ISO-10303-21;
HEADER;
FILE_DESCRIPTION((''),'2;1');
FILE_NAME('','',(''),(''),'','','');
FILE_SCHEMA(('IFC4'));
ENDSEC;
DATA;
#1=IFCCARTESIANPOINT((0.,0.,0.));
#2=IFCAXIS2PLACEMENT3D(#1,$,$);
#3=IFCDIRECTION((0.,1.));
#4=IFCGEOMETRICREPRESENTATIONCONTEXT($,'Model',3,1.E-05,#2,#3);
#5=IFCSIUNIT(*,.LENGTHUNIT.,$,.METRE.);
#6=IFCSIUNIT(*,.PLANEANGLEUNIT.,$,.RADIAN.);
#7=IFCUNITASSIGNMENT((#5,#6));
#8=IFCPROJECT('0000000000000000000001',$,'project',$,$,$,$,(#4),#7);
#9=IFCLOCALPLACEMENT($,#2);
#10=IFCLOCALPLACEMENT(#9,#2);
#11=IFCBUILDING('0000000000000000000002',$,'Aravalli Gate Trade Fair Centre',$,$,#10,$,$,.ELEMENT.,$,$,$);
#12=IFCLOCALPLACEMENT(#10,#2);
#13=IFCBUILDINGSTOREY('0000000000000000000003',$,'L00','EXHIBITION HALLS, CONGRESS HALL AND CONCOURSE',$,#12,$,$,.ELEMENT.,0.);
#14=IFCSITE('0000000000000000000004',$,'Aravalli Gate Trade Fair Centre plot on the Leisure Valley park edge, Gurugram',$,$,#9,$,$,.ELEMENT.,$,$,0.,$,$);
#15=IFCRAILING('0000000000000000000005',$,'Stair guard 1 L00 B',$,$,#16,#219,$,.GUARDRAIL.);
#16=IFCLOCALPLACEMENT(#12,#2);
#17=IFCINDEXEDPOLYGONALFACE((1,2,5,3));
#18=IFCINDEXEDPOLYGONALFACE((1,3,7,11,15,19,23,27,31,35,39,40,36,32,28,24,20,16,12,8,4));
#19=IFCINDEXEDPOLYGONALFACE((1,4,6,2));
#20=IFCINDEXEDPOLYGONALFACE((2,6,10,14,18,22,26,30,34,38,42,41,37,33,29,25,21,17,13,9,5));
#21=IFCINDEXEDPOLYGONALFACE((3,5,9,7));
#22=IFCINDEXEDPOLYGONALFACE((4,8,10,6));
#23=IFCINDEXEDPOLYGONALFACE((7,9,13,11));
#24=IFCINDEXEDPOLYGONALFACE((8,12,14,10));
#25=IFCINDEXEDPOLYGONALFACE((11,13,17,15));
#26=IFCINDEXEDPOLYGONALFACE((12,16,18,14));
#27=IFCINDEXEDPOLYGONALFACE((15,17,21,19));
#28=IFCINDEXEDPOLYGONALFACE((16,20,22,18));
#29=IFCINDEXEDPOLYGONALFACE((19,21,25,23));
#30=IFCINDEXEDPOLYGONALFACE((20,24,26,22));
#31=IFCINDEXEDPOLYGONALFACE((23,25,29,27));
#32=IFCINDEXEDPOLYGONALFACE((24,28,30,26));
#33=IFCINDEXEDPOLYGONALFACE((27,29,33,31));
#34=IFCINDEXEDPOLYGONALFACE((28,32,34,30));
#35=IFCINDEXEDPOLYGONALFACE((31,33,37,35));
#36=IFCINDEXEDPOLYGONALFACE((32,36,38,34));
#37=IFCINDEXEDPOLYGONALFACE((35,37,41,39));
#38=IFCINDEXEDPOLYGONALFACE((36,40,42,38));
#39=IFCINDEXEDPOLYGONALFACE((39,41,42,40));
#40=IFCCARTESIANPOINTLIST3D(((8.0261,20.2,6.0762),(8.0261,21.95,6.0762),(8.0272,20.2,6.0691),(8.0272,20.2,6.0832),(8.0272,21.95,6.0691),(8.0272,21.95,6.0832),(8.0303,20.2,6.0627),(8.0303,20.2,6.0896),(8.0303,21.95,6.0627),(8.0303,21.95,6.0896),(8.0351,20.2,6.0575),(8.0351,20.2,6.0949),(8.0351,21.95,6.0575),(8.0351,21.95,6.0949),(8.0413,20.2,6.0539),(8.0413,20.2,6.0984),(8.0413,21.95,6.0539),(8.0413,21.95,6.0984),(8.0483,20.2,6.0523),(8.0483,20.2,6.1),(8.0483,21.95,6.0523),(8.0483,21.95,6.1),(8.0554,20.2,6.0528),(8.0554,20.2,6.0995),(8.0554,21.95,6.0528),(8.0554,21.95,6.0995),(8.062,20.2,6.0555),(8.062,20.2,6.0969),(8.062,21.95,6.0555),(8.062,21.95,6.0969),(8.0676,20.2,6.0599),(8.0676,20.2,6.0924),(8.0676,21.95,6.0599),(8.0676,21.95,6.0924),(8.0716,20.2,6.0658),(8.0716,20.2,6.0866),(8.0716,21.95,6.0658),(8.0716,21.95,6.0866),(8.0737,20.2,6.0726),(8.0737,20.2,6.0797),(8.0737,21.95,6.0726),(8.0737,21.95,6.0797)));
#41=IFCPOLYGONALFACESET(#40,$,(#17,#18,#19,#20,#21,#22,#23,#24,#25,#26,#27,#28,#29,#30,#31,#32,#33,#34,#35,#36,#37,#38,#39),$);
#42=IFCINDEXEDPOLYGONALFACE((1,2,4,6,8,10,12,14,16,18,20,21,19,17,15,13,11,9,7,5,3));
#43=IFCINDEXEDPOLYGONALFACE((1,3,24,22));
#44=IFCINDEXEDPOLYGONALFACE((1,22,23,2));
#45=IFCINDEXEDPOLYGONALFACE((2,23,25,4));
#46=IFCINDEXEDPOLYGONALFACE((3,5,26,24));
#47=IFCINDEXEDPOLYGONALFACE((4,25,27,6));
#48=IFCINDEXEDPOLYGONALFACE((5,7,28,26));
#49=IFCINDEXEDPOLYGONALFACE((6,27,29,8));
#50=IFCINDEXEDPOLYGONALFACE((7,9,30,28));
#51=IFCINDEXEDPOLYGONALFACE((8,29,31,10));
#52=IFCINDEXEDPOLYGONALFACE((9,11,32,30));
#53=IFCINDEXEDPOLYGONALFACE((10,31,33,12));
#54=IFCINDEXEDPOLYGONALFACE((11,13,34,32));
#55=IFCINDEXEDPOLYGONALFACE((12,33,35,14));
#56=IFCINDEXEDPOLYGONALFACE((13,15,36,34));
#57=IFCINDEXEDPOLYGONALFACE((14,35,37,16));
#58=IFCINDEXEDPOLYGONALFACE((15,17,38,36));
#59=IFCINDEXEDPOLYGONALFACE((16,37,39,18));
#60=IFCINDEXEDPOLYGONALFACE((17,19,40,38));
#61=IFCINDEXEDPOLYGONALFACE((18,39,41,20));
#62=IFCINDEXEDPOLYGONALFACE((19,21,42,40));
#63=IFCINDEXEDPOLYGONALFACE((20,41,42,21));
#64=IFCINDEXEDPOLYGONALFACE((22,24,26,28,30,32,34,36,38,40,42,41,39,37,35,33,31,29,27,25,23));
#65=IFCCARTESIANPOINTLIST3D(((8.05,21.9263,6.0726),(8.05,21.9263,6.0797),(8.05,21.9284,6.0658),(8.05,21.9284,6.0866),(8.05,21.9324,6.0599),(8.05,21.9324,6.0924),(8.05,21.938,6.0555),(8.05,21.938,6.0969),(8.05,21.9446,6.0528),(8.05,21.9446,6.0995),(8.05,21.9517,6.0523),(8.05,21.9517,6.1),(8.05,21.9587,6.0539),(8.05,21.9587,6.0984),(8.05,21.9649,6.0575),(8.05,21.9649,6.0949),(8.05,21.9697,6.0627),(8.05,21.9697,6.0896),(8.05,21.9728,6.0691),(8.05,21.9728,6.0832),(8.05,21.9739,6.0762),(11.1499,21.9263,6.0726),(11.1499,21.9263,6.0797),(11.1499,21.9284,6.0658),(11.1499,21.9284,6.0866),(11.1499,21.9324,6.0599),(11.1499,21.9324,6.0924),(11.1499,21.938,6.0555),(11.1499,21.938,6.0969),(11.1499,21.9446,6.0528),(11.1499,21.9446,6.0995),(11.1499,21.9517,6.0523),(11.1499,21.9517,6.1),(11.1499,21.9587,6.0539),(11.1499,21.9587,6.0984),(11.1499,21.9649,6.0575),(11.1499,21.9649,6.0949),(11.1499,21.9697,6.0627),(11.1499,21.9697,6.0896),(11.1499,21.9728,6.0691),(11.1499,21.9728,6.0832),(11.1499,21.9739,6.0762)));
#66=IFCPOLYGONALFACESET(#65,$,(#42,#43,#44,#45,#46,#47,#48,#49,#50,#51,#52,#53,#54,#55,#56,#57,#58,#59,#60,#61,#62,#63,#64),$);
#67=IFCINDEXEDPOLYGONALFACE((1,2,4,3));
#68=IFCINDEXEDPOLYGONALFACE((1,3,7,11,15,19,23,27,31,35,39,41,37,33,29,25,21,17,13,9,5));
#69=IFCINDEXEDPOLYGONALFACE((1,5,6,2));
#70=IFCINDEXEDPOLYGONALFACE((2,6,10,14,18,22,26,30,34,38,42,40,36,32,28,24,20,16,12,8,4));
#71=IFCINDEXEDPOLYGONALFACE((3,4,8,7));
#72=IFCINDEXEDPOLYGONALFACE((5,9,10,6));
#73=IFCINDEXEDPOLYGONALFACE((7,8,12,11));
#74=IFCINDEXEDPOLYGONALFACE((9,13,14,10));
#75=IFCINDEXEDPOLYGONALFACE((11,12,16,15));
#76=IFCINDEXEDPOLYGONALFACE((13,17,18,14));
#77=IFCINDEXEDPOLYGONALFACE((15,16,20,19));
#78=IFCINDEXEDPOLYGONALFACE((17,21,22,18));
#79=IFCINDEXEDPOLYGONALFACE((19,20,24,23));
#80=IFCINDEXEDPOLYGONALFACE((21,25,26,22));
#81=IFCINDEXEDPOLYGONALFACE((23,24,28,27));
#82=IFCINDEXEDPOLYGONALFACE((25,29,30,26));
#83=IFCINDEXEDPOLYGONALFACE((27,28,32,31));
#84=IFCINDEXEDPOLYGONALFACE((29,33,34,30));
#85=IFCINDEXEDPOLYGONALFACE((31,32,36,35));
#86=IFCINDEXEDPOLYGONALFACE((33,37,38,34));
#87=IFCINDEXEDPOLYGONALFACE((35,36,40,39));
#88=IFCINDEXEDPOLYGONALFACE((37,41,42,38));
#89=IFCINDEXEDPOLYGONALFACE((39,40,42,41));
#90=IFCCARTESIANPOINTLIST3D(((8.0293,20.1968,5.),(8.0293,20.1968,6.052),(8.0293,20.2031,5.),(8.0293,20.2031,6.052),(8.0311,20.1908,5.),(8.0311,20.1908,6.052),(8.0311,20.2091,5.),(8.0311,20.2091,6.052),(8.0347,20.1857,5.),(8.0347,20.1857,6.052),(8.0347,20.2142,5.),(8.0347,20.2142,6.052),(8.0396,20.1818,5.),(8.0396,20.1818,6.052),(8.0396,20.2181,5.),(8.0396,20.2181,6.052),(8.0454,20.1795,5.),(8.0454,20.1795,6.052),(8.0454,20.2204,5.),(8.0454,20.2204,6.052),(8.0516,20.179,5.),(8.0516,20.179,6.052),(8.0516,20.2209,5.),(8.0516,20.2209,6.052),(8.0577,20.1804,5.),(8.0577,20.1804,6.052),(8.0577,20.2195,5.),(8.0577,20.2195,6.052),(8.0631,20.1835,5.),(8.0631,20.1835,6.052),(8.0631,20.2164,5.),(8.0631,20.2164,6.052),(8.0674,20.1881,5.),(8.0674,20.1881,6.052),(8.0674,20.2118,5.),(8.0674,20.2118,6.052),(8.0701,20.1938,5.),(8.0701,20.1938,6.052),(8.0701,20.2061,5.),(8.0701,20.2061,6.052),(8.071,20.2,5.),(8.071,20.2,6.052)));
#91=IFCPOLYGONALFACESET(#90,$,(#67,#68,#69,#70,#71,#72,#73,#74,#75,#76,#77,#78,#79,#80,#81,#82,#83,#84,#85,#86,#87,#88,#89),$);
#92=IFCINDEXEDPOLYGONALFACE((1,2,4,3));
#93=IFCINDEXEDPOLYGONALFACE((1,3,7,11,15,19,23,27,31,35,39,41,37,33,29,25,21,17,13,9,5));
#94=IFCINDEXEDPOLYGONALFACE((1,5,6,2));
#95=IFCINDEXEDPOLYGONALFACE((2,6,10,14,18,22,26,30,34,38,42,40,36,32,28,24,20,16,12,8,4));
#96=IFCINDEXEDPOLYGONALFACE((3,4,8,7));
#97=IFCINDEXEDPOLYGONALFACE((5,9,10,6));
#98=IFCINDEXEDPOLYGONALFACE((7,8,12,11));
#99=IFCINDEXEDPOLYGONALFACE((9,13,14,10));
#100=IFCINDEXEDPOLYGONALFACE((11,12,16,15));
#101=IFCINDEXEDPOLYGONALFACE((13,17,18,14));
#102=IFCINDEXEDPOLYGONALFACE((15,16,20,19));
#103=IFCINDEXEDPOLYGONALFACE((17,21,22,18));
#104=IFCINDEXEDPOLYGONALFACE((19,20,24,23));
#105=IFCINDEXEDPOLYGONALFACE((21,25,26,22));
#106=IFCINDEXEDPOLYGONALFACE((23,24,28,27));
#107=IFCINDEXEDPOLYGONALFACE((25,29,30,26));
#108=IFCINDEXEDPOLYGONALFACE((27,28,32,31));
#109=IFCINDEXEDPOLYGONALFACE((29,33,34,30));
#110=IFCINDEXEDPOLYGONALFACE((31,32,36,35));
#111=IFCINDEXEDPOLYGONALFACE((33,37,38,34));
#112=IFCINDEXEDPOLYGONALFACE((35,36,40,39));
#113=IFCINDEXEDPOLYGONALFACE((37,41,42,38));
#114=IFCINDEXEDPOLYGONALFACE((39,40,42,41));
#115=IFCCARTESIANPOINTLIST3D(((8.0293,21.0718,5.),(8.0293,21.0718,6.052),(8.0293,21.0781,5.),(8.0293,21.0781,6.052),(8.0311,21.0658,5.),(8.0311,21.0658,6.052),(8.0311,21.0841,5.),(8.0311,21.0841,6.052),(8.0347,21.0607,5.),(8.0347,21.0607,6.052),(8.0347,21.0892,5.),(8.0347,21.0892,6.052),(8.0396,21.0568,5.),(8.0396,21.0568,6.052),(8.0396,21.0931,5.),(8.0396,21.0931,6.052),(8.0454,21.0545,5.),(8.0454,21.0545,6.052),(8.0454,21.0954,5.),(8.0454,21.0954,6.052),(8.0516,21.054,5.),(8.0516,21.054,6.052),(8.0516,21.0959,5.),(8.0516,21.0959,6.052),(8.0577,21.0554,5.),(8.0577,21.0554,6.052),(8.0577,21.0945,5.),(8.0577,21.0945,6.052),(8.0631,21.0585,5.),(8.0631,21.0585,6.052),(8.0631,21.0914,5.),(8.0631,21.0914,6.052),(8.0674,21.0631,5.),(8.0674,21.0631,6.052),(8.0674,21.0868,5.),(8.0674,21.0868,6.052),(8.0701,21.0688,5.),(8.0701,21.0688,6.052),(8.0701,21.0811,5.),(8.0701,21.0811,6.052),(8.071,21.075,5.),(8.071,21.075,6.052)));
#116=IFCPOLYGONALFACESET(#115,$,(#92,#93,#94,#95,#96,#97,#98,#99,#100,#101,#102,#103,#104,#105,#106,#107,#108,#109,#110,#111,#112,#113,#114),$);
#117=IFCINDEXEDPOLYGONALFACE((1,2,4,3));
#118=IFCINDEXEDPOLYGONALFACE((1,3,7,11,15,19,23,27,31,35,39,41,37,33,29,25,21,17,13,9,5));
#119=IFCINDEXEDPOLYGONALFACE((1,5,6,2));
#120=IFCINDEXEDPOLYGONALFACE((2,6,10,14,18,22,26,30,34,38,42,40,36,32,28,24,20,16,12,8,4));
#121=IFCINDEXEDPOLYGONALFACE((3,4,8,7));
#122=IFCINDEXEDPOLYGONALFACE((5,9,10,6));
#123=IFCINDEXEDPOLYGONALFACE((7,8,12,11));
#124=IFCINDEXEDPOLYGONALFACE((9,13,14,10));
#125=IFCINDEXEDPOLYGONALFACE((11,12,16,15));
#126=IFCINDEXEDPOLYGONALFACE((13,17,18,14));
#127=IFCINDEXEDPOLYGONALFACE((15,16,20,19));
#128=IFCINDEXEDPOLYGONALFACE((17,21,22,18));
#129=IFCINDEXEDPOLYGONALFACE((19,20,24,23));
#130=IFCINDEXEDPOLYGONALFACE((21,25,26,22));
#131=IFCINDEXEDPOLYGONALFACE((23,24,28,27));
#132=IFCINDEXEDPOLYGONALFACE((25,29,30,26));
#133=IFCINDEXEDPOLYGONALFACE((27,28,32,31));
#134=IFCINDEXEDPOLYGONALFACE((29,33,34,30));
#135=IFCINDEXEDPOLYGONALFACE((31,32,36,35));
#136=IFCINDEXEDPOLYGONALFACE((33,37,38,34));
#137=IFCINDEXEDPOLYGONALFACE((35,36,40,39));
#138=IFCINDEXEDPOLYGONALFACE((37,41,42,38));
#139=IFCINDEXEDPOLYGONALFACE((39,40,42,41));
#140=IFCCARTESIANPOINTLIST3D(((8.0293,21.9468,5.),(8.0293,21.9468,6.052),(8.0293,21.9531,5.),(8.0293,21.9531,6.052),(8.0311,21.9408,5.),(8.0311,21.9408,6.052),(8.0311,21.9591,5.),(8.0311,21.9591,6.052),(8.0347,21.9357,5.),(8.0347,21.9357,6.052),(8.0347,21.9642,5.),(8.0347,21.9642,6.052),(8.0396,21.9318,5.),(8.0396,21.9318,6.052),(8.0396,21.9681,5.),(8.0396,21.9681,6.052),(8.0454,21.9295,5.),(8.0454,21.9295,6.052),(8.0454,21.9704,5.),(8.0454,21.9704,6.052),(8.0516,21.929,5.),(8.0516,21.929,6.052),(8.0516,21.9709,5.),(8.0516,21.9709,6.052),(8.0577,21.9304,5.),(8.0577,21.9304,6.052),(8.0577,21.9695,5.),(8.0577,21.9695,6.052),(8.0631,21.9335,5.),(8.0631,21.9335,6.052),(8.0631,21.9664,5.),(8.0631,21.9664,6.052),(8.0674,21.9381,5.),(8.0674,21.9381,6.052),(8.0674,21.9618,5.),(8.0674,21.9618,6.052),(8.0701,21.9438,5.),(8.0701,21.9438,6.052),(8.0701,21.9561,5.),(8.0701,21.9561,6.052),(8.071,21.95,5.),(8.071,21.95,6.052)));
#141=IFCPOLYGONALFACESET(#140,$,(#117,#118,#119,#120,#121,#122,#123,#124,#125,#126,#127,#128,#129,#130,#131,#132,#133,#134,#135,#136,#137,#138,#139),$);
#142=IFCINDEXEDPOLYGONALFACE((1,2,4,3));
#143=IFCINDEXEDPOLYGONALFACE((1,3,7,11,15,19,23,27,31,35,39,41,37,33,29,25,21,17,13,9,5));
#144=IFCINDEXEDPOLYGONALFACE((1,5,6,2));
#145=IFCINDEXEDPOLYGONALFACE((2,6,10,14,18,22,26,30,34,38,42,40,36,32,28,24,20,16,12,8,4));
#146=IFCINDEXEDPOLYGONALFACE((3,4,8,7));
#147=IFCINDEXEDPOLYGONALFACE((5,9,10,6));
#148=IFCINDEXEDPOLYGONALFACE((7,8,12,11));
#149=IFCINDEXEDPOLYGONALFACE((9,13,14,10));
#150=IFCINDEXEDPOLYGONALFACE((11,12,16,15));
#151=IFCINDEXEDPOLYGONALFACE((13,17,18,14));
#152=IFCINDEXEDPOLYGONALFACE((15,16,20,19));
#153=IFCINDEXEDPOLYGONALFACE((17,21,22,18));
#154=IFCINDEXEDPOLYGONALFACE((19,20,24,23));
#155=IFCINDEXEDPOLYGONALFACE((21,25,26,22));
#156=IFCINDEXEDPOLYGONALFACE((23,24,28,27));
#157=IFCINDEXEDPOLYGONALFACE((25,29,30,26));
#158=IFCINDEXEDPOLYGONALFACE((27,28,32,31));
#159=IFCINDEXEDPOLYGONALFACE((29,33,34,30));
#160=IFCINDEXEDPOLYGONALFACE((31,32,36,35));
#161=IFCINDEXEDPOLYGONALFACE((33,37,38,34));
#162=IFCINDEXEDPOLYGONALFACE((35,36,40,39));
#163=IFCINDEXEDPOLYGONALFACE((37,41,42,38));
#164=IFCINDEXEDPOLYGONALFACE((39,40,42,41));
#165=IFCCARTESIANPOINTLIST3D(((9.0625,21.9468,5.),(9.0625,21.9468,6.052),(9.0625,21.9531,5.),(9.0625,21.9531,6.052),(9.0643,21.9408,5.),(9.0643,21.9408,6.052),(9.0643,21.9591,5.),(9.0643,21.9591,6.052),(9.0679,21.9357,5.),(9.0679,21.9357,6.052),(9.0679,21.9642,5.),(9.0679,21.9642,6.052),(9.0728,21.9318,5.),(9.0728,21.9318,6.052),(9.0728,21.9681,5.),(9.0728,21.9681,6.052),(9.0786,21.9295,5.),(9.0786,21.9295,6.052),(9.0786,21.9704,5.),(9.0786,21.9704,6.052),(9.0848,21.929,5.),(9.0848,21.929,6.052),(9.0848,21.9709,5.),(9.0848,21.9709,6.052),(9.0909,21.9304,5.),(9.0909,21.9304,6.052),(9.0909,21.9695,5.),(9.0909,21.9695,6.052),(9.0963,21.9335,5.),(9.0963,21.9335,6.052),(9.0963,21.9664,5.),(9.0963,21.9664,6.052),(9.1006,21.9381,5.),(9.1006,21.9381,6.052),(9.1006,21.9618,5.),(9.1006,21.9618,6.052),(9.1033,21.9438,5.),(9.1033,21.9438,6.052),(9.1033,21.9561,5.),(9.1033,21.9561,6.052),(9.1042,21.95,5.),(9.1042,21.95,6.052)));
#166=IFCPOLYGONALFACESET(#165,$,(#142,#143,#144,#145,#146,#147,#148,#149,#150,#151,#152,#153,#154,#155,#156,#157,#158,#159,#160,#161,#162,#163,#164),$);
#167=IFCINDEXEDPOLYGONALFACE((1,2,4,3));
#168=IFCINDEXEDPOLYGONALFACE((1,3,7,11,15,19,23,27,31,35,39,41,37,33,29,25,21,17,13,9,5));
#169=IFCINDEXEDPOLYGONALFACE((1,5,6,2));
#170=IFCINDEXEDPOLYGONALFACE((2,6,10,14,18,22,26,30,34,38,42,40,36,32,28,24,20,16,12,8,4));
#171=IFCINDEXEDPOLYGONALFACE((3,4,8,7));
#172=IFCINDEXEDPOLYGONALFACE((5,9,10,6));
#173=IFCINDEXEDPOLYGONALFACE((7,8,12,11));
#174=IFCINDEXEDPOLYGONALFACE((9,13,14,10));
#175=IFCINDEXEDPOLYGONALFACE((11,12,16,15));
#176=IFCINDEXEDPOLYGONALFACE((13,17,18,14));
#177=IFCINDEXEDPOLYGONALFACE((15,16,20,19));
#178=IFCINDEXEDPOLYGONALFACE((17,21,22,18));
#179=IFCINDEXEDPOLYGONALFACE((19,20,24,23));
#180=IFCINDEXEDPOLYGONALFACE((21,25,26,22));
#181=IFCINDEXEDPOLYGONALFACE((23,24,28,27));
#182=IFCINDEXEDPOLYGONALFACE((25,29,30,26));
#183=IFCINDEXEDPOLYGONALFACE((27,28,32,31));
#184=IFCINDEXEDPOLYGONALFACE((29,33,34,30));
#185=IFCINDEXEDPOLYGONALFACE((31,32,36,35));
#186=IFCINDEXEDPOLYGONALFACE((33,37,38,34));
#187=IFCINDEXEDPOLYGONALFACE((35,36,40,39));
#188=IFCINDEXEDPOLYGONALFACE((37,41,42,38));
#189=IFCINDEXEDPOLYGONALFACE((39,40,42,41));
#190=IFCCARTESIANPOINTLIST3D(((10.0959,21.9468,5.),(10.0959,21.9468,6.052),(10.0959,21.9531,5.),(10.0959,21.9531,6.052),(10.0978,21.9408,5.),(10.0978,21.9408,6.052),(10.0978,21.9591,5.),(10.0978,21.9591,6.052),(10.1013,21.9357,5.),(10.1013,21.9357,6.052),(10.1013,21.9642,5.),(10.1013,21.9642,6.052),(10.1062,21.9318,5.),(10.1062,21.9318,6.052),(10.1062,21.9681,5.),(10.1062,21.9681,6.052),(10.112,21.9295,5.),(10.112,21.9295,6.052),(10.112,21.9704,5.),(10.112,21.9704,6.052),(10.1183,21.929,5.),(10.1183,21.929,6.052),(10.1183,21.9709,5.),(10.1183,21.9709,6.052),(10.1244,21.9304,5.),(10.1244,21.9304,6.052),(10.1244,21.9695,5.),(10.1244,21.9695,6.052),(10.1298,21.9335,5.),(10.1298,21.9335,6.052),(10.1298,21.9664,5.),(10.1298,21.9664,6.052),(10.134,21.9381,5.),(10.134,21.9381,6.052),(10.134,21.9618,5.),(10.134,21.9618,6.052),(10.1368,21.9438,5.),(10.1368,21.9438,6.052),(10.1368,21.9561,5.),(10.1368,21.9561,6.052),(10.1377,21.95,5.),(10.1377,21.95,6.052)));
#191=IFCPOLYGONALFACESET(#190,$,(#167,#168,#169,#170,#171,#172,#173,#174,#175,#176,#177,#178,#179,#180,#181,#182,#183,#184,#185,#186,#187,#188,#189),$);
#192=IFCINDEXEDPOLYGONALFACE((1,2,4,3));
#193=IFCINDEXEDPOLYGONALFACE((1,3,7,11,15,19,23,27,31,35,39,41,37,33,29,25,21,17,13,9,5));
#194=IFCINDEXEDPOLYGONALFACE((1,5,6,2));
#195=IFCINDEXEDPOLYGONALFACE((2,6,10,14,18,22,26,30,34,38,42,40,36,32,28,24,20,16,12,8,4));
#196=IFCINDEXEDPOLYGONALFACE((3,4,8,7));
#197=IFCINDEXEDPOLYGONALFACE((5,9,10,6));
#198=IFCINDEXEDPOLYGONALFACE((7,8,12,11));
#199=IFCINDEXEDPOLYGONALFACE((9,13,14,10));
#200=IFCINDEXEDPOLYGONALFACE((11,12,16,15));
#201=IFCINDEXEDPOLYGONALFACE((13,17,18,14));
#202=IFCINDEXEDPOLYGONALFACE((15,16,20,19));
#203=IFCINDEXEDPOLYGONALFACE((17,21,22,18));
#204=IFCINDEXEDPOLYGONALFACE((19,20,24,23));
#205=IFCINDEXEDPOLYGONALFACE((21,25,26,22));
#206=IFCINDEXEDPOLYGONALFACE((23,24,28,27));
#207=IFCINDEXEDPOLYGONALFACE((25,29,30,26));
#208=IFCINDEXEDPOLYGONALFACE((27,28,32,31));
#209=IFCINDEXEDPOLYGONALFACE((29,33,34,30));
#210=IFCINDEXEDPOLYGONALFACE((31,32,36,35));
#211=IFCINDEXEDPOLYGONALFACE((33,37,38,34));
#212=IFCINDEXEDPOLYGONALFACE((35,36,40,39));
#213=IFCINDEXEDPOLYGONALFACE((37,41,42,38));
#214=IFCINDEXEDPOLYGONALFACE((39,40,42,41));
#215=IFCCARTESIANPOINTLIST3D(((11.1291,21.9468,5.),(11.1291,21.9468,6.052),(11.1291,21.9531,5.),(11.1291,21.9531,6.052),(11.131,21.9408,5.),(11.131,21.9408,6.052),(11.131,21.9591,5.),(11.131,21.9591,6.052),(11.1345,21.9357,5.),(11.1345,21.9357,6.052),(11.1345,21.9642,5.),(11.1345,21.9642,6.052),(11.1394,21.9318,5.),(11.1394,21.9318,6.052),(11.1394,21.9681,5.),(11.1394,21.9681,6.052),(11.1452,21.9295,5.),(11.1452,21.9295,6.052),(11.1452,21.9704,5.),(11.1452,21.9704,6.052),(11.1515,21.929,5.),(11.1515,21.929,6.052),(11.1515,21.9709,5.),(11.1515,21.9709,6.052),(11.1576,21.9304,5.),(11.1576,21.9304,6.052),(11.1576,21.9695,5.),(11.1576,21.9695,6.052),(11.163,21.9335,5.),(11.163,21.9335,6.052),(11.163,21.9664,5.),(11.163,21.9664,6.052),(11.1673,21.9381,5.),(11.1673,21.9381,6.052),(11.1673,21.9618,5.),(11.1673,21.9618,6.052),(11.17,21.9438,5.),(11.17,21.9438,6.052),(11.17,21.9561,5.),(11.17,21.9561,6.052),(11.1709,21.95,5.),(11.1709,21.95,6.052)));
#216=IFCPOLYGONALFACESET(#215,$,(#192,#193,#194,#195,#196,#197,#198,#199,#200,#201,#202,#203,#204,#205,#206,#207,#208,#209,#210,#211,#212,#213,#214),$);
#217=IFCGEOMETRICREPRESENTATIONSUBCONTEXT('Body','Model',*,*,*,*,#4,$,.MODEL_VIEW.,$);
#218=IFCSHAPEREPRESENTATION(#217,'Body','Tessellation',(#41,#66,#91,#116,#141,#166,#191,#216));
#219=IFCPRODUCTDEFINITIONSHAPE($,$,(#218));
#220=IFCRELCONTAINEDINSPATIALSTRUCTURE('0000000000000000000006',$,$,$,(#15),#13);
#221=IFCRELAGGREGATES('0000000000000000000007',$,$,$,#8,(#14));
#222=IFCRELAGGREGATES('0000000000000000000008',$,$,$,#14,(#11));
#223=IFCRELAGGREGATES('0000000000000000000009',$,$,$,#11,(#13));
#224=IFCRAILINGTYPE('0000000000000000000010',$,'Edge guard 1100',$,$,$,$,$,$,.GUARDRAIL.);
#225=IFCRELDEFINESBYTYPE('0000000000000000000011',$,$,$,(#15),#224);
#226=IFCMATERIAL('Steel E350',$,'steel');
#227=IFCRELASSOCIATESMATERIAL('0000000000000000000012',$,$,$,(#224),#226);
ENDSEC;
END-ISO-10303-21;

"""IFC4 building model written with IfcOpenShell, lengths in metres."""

from ifc_helpers import new_model, si_unit, direction, frame, origin, origin_2d, place, context, subcontext, project, spatial, circle, extrude, material, type_object, element, save


model = new_model("IFC4")

# Units and contexts
model_context = context("Model", 3, precision=1e-05, world=origin(), true_north=direction((0.0, 1.0)))
body_context = subcontext(model_context, "Body", "Model", "MODEL_VIEW")
ifc_project = project(units=[si_unit("LENGTHUNIT", "METRE"), si_unit("PLANEANGLEUNIT", "RADIAN")], contexts=[model_context])

# Site, building, storey
site_placement = place(None, origin())
site = spatial("IfcSite", under=ifc_project, at=site_placement, Name="Aravalli Gate Trade Fair Centre plot on the Leisure Valley park edge, Gurugram", CompositionType="ELEMENT", RefElevation=0.0)
building_placement = place(site_placement, origin())
building = spatial("IfcBuilding", under=site, at=building_placement, Name="Aravalli Gate Trade Fair Centre", CompositionType="ELEMENT")
storey_placement = place(building_placement, origin())
storey = spatial("IfcBuildingStorey", under=building, at=storey_placement, Name="L00", Description="EXHIBITION HALLS, CONGRESS HALL AND CONCOURSE", CompositionType="ELEMENT", Elevation=0.0)

# Railing
ifc_material_1 = material(Name="Steel E350", Category="steel")
railing_type = type_object("IfcRailingType", Name="Edge guard 1100", PredefinedType="GUARDRAIL", material=ifc_material_1)
railing_1_placement = place(storey_placement, frame((8.05, 20.2, 5.0)))
element("IfcRailing", 1, at=railing_1_placement, inside=storey, type_object=railing_type, Name="Stair guard 1 L00 B", PredefinedType="GUARDRAIL", context=body_context, shape_type="SweptSolid", body=[
    extrude(circle(Radius=0.0239, at=origin_2d()), frame((0.0, 0.0, 1.0762), z_axis=(0.0, 1.0, 0.0), x_axis=(-1.0, 0.0, 0.0)), (0.0, 0.0, 1.0), 1.75),
    extrude(circle(Radius=0.0239, at=origin_2d()), frame((0.0, 1.75, 1.0762), z_axis=(1.0, 0.0, 0.0), x_axis=(0.0, 1.0, 0.0)), (0.0, 0.0, 1.0), 3.0999),
    extrude(circle(Radius=0.021, at=origin_2d()), origin(), (0.0, 0.0, 1.0), 1.052),
    extrude(circle(Radius=0.021, at=origin_2d()), frame((0.0, 0.875, 0.0)), (0.0, 0.0, 1.0), 1.052),
    extrude(circle(Radius=0.021, at=origin_2d()), frame((0.0, 1.75, 0.0)), (0.0, 0.0, 1.0), 1.052),
    extrude(circle(Radius=0.021, at=origin_2d()), frame((1.0332, 1.75, 0.0)), (0.0, 0.0, 1.0), 1.052),
    extrude(circle(Radius=0.021, at=origin_2d()), frame((2.0667, 1.75, 0.0)), (0.0, 0.0, 1.0), 1.052),
    extrude(circle(Radius=0.021, at=origin_2d()), frame((3.0999, 1.75, 0.0)), (0.0, 0.0, 1.0), 1.052),
])

save(model, "model.ifc")
